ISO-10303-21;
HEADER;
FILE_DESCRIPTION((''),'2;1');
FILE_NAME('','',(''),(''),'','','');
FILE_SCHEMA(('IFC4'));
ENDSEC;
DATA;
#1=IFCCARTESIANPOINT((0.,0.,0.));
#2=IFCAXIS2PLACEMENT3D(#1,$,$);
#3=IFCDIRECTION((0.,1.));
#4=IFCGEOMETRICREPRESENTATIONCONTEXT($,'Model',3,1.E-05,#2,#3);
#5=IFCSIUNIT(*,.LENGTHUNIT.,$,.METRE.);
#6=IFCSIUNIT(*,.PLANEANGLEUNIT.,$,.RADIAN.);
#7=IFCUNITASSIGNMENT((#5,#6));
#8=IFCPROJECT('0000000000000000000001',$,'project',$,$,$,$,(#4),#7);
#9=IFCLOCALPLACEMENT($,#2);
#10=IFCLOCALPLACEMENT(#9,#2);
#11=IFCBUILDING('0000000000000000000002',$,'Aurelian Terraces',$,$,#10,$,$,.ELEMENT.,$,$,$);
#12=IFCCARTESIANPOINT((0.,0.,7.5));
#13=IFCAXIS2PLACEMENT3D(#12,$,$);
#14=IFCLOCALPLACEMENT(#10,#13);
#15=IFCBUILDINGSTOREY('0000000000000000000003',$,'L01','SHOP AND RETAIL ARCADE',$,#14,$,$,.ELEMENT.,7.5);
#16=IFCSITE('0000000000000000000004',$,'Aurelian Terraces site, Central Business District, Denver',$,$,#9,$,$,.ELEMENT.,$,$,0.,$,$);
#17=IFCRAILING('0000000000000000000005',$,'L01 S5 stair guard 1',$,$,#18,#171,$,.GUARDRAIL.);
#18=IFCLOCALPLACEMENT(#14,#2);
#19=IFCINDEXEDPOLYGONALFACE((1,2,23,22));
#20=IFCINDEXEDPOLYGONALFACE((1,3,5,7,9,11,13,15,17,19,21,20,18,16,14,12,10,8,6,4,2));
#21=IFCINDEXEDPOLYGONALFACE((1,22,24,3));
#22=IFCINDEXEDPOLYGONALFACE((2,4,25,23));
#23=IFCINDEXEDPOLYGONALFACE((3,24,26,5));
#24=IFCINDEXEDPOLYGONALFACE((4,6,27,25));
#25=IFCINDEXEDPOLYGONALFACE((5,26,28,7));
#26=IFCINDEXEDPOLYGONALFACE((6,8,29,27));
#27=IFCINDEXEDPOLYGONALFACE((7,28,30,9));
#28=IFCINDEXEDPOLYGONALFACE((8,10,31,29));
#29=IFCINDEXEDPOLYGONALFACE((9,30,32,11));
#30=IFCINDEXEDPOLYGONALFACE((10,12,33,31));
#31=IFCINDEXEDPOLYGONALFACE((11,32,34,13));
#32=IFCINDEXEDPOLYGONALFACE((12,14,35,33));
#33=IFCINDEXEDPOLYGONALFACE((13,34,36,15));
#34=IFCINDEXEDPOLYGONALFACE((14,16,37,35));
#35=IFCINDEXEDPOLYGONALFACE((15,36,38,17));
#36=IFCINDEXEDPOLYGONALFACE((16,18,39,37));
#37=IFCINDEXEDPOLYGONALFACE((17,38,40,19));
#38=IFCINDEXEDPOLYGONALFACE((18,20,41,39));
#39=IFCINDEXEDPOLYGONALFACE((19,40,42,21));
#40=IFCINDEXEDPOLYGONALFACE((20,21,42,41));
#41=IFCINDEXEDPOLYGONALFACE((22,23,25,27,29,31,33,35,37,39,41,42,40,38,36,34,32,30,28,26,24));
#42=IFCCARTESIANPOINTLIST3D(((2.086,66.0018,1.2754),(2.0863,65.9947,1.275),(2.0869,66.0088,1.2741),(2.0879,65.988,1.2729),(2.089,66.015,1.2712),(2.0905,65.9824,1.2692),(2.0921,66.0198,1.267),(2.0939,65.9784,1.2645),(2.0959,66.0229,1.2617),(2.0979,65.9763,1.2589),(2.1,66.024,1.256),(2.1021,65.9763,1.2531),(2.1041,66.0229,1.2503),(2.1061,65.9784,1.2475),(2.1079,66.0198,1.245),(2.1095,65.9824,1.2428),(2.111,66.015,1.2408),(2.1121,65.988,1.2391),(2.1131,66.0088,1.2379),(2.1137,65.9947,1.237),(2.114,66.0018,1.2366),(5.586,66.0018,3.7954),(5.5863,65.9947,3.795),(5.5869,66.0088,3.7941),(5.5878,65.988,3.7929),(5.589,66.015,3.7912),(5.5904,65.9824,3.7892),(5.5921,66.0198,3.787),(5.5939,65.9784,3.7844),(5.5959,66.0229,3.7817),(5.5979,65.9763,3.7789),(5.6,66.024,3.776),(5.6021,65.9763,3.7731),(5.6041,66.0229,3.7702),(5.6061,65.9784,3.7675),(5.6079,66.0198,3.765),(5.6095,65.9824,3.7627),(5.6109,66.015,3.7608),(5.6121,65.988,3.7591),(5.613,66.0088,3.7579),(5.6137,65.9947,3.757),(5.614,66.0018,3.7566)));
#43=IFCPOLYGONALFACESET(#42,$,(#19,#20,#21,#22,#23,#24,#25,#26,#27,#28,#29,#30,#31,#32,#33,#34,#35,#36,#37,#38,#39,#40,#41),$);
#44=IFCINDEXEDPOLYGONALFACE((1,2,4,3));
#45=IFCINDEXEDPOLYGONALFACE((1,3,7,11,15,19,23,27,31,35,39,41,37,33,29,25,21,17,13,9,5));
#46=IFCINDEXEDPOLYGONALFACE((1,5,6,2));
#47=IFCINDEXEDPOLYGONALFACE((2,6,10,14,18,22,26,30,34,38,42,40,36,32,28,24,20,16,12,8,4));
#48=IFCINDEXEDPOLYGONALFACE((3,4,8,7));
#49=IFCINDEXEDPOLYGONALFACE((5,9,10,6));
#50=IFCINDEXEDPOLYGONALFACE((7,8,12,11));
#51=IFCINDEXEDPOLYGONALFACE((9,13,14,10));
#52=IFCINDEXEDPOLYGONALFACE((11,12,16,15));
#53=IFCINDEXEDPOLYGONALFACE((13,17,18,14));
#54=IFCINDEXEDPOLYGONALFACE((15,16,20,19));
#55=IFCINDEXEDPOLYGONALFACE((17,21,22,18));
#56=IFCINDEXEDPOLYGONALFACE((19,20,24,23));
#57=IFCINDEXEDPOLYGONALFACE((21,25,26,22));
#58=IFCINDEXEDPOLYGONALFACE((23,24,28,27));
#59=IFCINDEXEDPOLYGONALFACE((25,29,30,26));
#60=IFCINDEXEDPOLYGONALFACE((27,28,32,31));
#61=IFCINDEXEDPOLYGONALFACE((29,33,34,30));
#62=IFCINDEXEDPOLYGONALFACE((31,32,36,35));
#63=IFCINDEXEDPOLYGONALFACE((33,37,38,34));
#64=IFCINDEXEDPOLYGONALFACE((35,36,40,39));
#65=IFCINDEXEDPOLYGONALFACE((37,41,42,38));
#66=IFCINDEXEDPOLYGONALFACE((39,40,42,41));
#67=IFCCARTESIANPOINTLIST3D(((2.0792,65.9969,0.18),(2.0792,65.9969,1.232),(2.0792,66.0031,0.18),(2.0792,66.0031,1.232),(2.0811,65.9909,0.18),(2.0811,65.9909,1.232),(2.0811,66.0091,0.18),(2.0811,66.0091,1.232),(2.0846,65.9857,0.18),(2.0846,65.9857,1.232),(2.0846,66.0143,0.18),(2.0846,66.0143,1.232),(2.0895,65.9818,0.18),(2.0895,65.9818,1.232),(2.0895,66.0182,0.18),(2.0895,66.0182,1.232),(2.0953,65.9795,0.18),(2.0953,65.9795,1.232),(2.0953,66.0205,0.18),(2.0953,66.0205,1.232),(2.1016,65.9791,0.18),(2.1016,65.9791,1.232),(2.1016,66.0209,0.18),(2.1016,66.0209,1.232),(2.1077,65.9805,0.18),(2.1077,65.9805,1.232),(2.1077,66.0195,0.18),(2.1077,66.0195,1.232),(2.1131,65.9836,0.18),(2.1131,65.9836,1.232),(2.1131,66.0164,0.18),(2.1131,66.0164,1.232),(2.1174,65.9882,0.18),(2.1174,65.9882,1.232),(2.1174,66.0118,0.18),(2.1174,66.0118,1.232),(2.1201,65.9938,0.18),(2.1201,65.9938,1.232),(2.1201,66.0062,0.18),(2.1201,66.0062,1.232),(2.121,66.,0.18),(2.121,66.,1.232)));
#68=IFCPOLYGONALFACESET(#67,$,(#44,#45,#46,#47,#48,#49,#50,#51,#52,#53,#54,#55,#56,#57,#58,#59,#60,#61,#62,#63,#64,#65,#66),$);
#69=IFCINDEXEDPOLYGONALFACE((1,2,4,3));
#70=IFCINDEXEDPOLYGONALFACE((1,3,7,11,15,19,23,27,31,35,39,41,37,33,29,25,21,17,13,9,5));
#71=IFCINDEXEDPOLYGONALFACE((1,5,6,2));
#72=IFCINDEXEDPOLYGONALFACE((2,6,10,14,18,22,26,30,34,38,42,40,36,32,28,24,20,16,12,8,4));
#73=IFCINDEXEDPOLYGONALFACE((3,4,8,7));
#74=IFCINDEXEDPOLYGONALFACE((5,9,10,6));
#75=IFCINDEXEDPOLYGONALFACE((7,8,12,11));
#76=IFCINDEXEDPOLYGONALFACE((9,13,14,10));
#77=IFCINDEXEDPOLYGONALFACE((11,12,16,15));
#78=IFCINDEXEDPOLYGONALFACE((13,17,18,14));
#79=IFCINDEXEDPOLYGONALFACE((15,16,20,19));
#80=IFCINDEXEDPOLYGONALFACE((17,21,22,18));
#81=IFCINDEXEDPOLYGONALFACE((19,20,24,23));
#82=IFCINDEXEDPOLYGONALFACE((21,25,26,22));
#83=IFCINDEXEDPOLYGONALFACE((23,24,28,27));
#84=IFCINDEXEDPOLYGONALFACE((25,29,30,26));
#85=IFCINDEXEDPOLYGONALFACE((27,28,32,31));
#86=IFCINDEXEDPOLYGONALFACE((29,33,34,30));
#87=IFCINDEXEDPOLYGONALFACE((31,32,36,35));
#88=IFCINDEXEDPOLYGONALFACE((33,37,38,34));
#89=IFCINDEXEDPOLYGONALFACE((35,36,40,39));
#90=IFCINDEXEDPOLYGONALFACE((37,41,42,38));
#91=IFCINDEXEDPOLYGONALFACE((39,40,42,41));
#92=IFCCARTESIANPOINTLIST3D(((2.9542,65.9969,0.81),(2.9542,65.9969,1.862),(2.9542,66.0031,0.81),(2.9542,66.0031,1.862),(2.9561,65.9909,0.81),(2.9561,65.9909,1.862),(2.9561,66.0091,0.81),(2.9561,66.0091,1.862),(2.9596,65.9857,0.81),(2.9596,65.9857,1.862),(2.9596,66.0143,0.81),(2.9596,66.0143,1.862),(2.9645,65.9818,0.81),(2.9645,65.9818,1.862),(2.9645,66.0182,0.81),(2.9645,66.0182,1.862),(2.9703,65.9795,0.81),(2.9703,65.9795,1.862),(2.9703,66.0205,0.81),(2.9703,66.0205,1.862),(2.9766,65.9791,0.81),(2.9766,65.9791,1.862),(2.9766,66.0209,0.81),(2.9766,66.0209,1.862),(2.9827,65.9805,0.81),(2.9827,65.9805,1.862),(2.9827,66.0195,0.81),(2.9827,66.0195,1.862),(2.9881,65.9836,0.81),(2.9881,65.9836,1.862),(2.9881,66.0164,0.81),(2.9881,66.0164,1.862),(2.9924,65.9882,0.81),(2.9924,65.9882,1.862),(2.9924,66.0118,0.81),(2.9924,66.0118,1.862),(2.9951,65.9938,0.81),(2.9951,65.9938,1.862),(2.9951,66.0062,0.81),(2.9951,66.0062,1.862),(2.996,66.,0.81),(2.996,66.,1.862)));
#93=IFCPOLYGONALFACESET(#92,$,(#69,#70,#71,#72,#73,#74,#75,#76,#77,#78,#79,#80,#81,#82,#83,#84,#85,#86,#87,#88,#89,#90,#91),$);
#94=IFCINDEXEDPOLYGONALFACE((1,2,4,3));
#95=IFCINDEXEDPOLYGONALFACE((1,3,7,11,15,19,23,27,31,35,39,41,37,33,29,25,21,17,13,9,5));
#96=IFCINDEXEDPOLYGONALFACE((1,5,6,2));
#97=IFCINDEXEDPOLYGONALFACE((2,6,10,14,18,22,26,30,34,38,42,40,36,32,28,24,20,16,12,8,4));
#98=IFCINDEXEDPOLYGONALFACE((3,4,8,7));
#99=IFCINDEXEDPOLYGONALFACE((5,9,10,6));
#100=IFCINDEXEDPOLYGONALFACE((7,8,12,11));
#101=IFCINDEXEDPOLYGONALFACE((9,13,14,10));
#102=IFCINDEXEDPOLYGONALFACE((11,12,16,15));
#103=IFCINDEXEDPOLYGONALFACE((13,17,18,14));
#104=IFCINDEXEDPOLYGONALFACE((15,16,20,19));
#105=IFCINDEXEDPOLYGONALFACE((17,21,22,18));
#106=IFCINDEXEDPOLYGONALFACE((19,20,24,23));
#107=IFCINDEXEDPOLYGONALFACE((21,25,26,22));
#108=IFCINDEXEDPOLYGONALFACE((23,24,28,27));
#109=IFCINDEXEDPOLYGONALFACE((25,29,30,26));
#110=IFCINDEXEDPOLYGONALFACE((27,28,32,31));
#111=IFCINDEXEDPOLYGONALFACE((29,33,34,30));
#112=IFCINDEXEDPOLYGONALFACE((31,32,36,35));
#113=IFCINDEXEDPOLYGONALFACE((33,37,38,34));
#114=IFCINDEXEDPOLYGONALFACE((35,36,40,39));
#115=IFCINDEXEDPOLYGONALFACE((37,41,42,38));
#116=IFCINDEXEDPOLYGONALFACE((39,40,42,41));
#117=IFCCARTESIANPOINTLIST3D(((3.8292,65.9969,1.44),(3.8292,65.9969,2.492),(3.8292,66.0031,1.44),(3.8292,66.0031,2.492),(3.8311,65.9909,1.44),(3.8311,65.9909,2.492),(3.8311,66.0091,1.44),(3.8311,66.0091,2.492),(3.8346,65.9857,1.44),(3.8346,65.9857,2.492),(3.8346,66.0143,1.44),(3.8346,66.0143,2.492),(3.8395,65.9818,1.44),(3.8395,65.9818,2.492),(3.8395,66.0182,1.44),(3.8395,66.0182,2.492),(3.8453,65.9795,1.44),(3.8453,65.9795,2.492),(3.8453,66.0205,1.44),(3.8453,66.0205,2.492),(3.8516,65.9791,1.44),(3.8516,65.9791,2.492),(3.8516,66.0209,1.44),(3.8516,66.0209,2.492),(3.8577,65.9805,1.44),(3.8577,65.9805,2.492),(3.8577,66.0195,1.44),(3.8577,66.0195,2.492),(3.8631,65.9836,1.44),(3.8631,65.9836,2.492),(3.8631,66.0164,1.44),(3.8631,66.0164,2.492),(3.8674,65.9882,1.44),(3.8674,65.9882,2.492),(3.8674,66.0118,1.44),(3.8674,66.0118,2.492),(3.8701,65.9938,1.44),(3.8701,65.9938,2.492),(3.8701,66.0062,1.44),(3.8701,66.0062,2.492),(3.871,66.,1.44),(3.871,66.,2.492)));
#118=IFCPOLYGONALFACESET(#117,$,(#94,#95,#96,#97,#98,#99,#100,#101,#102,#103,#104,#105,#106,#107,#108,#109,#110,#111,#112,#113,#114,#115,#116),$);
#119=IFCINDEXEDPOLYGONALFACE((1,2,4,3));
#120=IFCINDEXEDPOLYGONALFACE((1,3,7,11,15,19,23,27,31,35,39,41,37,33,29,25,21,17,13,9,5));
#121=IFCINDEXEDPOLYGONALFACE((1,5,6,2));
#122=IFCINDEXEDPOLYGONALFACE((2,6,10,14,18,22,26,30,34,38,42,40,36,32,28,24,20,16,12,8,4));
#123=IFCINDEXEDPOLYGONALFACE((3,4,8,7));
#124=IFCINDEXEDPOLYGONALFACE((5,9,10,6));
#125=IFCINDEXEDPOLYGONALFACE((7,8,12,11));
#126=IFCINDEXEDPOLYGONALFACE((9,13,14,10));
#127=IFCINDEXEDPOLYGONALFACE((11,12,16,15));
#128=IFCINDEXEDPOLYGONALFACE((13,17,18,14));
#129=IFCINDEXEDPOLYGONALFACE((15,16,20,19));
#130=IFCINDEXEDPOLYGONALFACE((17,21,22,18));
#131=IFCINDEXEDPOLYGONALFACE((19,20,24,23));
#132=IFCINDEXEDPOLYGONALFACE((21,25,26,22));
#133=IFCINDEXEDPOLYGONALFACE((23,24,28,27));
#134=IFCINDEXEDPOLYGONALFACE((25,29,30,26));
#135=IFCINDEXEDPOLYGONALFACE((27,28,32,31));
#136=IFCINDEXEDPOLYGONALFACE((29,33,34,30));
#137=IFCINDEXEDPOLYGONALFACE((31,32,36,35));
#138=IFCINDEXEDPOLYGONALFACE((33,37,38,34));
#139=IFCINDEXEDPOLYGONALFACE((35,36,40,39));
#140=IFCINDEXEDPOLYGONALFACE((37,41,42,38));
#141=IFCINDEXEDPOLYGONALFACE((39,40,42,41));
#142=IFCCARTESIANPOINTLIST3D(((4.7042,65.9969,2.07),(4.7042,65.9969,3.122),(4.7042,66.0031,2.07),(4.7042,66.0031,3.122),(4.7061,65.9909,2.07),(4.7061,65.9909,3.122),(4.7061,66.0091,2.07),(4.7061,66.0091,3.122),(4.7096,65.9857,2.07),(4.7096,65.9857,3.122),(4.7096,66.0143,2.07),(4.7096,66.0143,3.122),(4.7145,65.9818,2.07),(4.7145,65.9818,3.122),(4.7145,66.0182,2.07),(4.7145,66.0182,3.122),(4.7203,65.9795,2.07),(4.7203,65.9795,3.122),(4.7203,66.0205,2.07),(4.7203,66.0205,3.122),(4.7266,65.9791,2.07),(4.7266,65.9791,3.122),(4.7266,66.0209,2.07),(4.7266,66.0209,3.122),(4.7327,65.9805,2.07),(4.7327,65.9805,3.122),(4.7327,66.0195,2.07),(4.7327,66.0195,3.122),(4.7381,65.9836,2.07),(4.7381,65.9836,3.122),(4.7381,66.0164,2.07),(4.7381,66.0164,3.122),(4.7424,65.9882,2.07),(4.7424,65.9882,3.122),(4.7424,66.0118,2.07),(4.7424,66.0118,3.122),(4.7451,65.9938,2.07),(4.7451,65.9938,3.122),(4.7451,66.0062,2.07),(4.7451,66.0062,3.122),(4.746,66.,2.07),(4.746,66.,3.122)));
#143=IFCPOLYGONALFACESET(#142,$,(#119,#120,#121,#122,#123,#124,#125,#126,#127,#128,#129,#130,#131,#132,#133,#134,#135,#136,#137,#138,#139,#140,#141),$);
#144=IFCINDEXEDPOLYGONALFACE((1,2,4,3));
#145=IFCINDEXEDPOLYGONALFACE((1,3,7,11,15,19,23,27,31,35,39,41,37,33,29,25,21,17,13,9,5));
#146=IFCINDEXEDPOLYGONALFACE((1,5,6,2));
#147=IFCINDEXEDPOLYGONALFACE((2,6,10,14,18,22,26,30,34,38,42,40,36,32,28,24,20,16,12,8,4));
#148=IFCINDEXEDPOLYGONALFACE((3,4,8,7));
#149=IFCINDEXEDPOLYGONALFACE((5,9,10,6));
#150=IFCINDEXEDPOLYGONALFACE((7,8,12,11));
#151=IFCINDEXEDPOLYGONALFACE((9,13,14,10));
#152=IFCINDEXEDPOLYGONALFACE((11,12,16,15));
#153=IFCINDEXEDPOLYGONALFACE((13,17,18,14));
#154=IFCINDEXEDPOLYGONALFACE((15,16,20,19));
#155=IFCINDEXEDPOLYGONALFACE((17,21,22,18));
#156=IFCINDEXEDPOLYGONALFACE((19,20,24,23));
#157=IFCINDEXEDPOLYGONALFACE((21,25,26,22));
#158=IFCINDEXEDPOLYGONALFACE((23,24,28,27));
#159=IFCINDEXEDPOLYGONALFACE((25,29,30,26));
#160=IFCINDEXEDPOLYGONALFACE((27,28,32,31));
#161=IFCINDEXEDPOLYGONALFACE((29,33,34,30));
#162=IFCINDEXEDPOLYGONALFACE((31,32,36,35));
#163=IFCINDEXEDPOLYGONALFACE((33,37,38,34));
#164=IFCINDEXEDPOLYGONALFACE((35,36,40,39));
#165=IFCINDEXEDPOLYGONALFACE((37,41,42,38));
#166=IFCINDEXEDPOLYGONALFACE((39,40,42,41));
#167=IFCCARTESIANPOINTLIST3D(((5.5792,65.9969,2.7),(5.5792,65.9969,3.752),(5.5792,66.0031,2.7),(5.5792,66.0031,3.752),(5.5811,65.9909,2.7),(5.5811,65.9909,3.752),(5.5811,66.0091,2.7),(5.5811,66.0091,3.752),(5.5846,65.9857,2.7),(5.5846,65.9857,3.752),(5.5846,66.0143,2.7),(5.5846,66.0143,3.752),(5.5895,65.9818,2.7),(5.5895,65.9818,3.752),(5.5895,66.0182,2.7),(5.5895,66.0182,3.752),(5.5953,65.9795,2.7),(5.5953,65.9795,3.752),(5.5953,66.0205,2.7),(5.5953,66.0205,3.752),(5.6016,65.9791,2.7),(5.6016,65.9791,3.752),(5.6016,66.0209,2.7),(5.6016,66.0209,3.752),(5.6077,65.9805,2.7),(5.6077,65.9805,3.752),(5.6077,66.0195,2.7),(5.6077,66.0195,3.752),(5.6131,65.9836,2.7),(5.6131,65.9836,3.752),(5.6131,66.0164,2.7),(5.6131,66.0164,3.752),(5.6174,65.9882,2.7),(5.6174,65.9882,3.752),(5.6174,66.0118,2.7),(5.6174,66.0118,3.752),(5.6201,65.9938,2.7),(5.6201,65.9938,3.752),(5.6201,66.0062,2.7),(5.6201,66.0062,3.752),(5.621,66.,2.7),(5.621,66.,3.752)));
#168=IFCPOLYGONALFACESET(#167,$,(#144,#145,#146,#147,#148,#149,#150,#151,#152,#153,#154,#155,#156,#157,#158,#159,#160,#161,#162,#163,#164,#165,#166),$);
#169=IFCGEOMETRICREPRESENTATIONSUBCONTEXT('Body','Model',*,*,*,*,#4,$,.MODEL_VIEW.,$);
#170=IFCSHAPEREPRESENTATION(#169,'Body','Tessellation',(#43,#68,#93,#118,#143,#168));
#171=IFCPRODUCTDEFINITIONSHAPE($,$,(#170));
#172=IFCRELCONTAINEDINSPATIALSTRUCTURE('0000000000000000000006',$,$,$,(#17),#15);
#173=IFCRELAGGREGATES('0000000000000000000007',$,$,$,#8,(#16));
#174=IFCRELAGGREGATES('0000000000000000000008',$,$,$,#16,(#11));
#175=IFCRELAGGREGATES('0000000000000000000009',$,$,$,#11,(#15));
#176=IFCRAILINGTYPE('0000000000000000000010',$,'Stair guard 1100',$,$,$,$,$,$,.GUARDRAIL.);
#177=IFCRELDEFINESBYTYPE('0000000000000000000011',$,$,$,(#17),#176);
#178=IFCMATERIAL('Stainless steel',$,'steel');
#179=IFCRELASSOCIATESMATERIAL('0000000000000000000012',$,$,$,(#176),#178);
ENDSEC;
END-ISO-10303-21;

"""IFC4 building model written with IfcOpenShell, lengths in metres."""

from ifc_helpers import new_model, si_unit, direction, frame, origin, origin_2d, place, context, subcontext, project, spatial, circle, extrude, source, transform, mapped, material, type_object, element, save


model = new_model("IFC4")

# Units and contexts
model_context = context("Model", 3, precision=1e-05, world=origin(), true_north=direction((0.0, 1.0)))
body_context = subcontext(model_context, "Body", "Model", "MODEL_VIEW")
ifc_project = project(units=[si_unit("LENGTHUNIT", "METRE"), si_unit("PLANEANGLEUNIT", "RADIAN")], contexts=[model_context])

# Site, building, storey
site_placement = place(None, origin())
site = spatial("IfcSite", under=ifc_project, at=site_placement, Name="Aurelian Terraces site, Central Business District, Denver", CompositionType="ELEMENT", RefElevation=0.0)
building_placement = place(site_placement, origin())
building = spatial("IfcBuilding", under=site, at=building_placement, Name="Aurelian Terraces", CompositionType="ELEMENT")
storey_placement = place(building_placement, frame((0.0, 0.0, 7.5)))
storey = spatial("IfcBuildingStorey", under=building, at=storey_placement, Name="L01", Description="SHOP AND RETAIL ARCADE", CompositionType="ELEMENT", Elevation=7.5)

# Railing
ifc_material_1 = material(Name="Stainless steel", Category="steel")
railing_type = type_object("IfcRailingType", Name="Stair guard 1100", PredefinedType="GUARDRAIL", material=ifc_material_1)
shared_shape_1 = source(origin(), body_context, "Body", "SweptSolid", [
    extrude(circle(Radius=0.024, at=origin_2d()), frame((0.0, 0.0, 1.076), z_axis=(0.811534, 0.0, 0.584305), x_axis=(0.0, 1.0, 0.0)), (0.0, 0.0, 1.0), 4.3128),
    extrude(circle(Radius=0.021, at=origin_2d()), origin(), (0.0, 0.0, 1.0), 1.052),
    extrude(circle(Radius=0.021, at=origin_2d()), frame((0.875, 0.0, 0.63)), (0.0, 0.0, 1.0), 1.052),
    extrude(circle(Radius=0.021, at=origin_2d()), frame((1.75, 0.0, 1.26)), (0.0, 0.0, 1.0), 1.052),
    extrude(circle(Radius=0.021, at=origin_2d()), frame((2.625, 0.0, 1.89)), (0.0, 0.0, 1.0), 1.052),
    extrude(circle(Radius=0.021, at=origin_2d()), frame((3.5, 0.0, 2.52)), (0.0, 0.0, 1.0), 1.052),
])
railing_1_placement = place(storey_placement, frame((2.1, 66.0, 0.18)))
element("IfcRailing", 1, at=railing_1_placement, inside=storey, type_object=railing_type, Name="L01 S5 stair guard 1", PredefinedType="GUARDRAIL", context=body_context, shape_type="MappedRepresentation", body=[
    mapped(shared_shape_1, transform((0.0, 0.0, 0.0), scale=1.0)),
])

save(model, "model.ifc")
